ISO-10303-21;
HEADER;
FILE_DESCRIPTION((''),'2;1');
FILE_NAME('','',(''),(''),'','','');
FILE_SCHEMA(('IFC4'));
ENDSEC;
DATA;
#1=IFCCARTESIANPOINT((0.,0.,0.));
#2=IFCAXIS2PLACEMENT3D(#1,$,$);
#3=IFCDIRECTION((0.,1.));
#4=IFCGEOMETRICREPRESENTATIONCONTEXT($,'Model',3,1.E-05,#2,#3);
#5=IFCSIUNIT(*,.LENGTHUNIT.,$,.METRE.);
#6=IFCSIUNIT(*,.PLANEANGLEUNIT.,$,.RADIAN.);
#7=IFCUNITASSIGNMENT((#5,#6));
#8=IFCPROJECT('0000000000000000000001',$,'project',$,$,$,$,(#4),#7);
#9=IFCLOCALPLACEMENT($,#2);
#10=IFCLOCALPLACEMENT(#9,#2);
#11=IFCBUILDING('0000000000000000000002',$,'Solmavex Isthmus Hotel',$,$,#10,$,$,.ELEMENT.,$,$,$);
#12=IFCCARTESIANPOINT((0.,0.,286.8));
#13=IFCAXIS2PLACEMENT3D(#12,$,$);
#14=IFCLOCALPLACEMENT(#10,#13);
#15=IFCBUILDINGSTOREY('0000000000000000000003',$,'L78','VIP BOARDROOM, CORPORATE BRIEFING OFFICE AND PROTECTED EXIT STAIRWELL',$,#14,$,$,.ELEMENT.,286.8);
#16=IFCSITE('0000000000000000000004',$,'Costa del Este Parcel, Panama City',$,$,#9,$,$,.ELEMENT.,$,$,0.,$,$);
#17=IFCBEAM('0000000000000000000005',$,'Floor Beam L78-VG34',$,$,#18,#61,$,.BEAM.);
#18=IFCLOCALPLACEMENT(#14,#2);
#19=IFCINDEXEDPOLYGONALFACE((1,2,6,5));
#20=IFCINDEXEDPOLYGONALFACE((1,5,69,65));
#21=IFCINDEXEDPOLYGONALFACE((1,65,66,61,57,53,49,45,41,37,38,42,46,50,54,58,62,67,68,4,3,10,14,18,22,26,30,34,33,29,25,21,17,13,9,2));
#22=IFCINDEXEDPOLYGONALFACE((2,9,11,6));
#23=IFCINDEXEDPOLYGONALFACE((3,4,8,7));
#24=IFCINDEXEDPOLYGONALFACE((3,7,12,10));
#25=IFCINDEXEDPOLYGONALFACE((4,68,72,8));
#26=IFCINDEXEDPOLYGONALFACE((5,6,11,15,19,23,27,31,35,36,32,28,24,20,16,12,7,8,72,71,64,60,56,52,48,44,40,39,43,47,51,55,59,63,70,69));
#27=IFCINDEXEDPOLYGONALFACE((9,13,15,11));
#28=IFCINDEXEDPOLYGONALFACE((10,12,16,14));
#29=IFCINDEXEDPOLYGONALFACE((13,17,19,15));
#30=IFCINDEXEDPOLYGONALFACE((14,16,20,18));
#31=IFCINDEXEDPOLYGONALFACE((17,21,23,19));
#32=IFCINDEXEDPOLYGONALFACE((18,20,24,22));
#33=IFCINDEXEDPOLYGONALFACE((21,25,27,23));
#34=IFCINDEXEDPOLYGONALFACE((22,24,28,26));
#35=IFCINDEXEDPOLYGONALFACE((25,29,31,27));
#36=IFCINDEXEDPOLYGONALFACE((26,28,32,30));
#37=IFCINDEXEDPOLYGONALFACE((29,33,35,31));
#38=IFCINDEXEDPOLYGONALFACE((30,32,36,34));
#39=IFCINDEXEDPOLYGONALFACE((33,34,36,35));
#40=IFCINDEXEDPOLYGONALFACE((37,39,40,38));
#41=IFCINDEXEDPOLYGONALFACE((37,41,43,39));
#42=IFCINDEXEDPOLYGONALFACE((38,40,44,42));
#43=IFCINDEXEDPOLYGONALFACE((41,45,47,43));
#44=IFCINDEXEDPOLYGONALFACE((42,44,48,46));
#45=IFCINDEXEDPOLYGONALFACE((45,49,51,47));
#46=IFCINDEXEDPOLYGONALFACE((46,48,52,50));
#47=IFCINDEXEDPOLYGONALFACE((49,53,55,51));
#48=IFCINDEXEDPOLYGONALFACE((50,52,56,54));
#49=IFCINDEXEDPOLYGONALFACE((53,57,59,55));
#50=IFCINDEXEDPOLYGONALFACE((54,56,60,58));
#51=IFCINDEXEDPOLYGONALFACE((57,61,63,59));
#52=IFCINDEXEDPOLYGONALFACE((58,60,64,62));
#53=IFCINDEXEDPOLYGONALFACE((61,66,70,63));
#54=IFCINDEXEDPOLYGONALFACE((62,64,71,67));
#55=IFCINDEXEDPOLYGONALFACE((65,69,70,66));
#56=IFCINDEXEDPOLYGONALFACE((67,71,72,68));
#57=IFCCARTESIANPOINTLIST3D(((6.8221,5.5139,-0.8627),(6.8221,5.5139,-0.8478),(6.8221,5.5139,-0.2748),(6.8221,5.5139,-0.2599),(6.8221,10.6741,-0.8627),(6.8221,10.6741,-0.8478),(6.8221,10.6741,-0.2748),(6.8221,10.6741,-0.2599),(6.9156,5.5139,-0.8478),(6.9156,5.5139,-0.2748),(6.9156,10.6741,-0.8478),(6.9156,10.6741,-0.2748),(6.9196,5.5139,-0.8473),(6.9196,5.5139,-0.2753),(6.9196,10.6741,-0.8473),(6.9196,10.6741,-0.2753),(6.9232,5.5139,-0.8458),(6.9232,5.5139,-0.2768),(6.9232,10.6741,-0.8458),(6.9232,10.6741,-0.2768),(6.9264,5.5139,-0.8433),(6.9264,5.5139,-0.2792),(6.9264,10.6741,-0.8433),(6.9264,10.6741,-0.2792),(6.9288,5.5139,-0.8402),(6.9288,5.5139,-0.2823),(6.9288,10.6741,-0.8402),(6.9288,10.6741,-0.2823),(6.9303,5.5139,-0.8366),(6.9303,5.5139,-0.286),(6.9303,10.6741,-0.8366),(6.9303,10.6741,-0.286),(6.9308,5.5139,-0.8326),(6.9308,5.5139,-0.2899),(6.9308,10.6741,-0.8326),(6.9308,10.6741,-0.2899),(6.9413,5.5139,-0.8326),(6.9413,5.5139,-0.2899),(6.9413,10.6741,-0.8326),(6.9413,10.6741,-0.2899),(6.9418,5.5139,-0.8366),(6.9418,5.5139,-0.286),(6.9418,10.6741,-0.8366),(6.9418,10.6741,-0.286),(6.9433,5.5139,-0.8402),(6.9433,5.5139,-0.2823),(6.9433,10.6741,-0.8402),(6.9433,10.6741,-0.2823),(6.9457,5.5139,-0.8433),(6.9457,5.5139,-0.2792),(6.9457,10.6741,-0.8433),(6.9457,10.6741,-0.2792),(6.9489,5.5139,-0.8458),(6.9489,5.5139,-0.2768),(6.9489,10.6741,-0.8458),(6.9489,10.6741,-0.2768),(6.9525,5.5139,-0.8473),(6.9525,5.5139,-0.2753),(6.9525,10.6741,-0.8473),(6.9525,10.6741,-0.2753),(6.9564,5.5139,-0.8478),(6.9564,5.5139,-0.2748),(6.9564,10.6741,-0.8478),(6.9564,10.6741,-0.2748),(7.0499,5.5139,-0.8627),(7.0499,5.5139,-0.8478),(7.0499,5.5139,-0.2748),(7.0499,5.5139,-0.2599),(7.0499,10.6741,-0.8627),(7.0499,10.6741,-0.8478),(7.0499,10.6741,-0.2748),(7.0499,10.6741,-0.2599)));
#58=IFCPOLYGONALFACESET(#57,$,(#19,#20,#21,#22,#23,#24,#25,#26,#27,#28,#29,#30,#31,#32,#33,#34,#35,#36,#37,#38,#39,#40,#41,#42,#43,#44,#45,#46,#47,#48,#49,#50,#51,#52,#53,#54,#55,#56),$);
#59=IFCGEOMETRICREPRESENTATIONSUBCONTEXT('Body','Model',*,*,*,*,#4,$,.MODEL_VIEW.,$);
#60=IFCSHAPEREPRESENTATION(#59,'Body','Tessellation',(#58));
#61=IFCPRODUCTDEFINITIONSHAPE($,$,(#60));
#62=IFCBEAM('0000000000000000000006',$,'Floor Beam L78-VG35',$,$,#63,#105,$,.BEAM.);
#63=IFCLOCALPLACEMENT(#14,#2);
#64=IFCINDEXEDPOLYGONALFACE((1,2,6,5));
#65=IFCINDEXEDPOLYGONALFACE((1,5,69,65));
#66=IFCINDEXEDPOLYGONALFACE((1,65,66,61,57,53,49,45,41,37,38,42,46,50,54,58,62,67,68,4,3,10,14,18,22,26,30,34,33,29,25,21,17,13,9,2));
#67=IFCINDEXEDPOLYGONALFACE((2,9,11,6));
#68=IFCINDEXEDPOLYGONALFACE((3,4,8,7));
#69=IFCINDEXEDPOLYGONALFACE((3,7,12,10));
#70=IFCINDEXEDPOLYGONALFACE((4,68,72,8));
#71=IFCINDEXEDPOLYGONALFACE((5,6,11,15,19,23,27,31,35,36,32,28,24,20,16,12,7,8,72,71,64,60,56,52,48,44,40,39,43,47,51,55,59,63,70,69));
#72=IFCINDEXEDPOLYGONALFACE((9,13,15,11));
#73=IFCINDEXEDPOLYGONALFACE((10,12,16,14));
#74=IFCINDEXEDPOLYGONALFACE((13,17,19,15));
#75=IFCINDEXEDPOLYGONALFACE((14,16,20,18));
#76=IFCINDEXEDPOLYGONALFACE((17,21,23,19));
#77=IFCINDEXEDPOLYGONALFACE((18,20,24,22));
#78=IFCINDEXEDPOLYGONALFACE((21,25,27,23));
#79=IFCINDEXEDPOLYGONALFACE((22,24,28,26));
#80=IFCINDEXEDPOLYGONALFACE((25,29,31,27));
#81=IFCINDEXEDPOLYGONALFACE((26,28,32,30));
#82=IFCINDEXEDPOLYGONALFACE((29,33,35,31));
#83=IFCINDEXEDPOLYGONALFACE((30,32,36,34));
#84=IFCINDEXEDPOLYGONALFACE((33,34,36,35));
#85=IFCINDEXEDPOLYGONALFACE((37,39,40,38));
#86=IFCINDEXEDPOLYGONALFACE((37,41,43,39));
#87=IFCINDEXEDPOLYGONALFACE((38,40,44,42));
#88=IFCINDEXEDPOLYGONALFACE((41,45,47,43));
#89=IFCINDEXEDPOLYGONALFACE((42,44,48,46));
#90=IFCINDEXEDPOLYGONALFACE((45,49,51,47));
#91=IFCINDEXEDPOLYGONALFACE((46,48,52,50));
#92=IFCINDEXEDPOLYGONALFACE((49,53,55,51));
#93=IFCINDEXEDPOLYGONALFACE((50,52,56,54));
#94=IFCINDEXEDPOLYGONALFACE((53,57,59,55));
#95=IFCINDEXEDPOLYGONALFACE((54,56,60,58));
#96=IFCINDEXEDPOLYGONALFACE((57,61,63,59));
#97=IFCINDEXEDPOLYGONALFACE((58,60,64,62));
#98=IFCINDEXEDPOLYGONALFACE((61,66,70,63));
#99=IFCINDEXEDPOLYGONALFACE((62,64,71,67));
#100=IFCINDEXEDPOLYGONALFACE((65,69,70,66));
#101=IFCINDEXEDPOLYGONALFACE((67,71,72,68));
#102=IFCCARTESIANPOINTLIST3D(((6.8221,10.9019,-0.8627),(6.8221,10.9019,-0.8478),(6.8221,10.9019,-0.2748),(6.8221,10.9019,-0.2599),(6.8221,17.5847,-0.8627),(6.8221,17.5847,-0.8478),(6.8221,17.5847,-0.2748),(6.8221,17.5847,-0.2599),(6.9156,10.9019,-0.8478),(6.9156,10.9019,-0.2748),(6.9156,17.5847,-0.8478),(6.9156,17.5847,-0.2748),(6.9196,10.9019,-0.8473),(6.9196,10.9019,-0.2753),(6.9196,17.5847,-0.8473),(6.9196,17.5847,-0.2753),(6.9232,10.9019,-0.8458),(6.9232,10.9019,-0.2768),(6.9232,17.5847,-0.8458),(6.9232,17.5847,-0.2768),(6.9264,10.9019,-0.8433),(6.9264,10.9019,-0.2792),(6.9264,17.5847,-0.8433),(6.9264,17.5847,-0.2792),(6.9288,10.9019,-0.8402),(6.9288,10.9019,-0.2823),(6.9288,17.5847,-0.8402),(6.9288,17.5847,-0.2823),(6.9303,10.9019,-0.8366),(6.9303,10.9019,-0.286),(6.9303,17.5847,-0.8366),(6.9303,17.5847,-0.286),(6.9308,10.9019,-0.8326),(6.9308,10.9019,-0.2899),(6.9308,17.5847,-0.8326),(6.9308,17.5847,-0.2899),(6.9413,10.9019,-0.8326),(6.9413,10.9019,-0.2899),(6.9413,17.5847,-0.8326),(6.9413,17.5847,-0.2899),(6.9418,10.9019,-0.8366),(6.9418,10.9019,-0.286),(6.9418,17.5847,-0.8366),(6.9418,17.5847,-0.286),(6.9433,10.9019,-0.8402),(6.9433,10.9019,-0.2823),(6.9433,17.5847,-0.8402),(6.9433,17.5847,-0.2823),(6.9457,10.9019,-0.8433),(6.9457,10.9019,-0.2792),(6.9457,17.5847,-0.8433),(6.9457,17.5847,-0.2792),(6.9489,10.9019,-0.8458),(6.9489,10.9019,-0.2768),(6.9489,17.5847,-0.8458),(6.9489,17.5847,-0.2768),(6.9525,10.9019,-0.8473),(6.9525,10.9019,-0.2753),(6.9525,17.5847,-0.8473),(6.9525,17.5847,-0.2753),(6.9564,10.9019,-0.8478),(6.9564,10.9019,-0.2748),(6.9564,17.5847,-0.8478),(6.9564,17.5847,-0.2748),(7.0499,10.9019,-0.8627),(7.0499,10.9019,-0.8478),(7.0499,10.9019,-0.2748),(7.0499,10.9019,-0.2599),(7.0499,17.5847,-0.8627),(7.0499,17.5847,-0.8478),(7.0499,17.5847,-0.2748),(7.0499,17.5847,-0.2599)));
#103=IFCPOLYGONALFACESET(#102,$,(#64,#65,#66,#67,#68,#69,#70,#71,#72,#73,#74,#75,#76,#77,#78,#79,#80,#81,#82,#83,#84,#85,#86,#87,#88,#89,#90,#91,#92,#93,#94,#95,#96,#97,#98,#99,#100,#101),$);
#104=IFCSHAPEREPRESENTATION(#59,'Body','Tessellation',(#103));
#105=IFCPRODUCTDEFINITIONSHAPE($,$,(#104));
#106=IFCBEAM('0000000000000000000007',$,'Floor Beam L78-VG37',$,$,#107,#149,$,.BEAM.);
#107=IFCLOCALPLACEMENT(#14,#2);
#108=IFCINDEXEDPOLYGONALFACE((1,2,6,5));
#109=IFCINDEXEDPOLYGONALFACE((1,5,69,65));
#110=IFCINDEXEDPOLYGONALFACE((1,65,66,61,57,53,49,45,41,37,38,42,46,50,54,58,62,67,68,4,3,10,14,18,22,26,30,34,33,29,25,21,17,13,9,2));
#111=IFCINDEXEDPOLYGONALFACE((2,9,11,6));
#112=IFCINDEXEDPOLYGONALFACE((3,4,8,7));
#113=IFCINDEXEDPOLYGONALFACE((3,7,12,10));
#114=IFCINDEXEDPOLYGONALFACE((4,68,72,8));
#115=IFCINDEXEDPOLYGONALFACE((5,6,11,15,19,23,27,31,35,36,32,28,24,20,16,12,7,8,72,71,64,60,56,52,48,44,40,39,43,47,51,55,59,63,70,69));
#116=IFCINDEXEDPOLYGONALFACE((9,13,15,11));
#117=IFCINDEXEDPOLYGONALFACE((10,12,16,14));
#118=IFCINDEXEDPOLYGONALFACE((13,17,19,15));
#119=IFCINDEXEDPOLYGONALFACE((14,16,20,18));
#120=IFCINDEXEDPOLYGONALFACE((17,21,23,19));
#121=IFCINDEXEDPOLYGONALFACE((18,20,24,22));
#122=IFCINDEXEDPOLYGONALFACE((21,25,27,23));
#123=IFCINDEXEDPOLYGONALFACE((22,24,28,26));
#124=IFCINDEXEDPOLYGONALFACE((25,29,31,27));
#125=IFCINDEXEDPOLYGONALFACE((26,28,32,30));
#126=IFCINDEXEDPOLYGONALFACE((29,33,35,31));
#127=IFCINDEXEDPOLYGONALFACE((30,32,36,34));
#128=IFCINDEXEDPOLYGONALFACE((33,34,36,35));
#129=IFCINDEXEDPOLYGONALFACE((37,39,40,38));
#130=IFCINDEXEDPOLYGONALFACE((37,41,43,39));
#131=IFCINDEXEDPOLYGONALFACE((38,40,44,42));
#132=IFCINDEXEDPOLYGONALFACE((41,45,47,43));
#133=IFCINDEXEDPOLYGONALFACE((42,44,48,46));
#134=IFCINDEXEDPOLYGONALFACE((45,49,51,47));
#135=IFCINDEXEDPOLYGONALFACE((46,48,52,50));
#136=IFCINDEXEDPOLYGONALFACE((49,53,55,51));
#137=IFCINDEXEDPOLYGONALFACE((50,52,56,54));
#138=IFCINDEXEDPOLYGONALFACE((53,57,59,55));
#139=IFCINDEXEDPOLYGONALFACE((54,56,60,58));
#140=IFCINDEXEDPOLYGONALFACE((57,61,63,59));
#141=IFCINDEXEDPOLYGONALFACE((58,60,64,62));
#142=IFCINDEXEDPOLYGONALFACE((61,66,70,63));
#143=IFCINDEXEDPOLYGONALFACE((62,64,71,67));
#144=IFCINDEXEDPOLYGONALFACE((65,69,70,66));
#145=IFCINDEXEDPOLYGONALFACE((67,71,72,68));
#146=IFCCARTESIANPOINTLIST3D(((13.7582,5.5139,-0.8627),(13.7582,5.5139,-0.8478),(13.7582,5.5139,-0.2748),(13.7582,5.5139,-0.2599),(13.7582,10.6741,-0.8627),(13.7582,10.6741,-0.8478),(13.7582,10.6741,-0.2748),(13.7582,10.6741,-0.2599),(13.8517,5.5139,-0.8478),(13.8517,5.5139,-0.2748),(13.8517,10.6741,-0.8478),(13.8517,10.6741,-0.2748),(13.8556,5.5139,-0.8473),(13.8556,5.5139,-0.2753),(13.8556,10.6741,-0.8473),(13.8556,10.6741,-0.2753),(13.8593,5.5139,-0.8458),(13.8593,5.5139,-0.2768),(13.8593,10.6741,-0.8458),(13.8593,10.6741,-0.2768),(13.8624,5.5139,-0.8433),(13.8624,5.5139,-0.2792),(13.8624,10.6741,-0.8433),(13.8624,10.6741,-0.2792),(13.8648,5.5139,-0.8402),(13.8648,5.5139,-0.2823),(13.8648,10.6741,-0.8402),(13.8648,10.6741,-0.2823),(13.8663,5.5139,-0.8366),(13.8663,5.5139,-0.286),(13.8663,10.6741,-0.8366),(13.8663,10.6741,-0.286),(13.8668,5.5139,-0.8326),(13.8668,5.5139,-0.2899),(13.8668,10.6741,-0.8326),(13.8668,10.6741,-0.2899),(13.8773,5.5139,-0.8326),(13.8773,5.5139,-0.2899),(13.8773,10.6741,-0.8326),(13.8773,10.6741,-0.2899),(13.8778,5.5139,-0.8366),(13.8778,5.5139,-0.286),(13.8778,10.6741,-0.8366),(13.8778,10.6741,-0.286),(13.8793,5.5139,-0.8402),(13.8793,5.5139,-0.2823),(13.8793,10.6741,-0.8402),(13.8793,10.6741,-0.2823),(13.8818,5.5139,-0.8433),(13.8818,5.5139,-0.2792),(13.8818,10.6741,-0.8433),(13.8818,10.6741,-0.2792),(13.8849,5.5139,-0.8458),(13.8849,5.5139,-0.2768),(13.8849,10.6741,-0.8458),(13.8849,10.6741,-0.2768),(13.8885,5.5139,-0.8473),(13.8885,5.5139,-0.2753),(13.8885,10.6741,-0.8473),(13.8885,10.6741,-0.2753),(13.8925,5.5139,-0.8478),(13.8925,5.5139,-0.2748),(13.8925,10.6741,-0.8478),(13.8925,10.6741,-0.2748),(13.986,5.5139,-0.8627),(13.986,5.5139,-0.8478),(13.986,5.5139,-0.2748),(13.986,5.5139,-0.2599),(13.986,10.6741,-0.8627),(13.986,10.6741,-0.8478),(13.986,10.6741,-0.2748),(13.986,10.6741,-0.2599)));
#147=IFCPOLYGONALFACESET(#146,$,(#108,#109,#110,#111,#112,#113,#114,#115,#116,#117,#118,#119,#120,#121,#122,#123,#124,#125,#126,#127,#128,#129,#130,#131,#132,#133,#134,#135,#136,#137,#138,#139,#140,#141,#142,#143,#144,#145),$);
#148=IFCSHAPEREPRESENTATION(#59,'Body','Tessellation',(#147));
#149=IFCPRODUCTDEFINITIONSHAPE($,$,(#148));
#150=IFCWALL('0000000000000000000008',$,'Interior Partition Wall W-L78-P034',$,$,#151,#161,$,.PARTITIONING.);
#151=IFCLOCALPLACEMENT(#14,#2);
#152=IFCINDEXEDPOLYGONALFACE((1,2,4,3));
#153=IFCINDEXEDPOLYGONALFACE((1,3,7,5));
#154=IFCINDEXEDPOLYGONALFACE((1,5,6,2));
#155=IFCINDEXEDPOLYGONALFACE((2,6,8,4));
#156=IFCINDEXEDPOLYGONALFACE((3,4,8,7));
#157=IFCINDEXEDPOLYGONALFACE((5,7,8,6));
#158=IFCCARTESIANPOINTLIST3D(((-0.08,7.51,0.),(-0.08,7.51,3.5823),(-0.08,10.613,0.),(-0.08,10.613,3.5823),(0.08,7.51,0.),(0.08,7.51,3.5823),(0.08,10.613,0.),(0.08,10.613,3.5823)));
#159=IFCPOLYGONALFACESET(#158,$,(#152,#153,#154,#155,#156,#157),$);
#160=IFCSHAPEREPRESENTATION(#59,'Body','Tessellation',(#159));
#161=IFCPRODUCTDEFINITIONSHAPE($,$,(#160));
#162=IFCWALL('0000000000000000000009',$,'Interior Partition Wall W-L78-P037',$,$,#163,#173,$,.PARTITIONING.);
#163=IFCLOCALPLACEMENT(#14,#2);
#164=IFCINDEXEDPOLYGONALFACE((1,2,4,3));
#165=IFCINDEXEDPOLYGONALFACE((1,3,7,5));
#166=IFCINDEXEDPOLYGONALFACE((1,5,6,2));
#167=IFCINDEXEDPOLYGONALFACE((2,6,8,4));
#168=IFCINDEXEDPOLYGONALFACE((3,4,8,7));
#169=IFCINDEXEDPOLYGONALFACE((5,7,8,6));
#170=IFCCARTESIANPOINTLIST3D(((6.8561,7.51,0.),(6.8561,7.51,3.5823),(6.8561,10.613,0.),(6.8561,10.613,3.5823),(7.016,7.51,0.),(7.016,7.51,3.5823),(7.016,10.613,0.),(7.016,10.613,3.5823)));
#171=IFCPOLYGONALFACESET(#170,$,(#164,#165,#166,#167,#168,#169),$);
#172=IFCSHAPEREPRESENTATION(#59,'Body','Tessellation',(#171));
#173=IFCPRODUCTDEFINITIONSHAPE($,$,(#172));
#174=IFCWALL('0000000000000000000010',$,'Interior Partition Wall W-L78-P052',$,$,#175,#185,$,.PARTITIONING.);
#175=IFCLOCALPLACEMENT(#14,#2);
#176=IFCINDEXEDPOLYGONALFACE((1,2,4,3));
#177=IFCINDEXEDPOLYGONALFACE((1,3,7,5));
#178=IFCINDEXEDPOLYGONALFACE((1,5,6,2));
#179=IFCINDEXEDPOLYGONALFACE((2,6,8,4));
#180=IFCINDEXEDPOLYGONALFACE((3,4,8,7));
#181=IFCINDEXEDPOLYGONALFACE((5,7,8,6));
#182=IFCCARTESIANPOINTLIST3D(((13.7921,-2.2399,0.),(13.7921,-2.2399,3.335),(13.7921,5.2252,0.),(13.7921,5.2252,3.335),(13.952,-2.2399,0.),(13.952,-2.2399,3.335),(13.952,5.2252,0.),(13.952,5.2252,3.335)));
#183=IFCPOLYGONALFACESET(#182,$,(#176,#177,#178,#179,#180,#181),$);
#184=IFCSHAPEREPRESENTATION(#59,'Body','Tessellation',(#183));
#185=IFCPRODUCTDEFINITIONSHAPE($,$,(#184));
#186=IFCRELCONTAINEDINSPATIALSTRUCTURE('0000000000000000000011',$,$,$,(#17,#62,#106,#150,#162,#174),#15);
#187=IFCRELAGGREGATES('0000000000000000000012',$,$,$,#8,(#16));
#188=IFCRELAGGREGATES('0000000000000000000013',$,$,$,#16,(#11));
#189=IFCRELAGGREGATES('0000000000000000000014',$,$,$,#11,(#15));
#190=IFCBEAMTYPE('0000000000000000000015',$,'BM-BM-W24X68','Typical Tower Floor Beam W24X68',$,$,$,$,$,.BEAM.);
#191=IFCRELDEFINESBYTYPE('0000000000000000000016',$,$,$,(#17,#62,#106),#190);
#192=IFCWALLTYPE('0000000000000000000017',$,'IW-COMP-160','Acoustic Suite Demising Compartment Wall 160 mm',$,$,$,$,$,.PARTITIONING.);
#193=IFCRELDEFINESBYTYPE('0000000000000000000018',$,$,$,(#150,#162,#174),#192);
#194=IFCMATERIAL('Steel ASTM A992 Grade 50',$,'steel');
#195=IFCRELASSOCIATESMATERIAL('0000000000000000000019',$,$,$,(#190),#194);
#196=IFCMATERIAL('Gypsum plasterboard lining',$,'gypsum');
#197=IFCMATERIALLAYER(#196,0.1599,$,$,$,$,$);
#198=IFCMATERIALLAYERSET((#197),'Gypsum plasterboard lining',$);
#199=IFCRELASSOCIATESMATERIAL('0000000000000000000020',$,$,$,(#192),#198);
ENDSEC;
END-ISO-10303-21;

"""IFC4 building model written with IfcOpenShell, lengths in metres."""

from ifc_helpers import new_model, si_unit, direction, frame, frame_2d, origin, origin_2d, place, context, subcontext, project, spatial, rectangle, i_section, extrude, material, layer, layer_set, material_profile, profile_set, type_object, element, save


model = new_model("IFC4")

# Units and contexts
model_context = context("Model", 3, precision=1e-05, world=origin(), true_north=direction((0.0, 1.0)))
body_context = subcontext(model_context, "Body", "Model", "MODEL_VIEW")
ifc_project = project(units=[si_unit("LENGTHUNIT", "METRE"), si_unit("PLANEANGLEUNIT", "RADIAN")], contexts=[model_context])

# Site, building, storey
site_placement = place(None, origin())
site = spatial("IfcSite", under=ifc_project, at=site_placement, Name="Costa del Este Parcel, Panama City", CompositionType="ELEMENT", RefElevation=0.0)
building_placement = place(site_placement, origin())
building = spatial("IfcBuilding", under=site, at=building_placement, Name="Solmavex Isthmus Hotel", CompositionType="ELEMENT")
storey_placement = place(building_placement, frame((0.0, 0.0, 286.8)))
storey = spatial("IfcBuildingStorey", under=building, at=storey_placement, Name="L78", Description="VIP BOARDROOM, CORPORATE BRIEFING OFFICE AND PROTECTED EXIT STAIRWELL", CompositionType="ELEMENT", Elevation=286.8)

# Beams
ifc_material_1 = material(Name="Steel ASTM A992 Grade 50", Category="steel")
ifc_material_profile_1 = material_profile(ifc_material_1, i_section(OverallWidth=0.2278, OverallDepth=0.6028, WebThickness=0.0105, FlangeThickness=0.0149, FilletRadius=0.0151, at=origin_2d()), Name="W24X68")
ifc_profile_set_1 = profile_set([ifc_material_profile_1], Name="Steel ASTM A992 Grade 50")
beam_type_1 = type_object("IfcBeamType", Name="BM-BM-W24X68", Description="Typical Tower Floor Beam W24X68", PredefinedType="BEAM", material=ifc_profile_set_1)
beam_1_placement = place(storey_placement, frame((6.936, 5.5139, -0.5613), z_axis=(0.0, 1.0, 0.0), x_axis=(-1.0, 0.0, 0.0)))
element("IfcBeam", 1, at=beam_1_placement, inside=storey, type_object=beam_type_1, Name="Floor Beam L78-VG34", PredefinedType="BEAM", context=body_context, shape_type="SweptSolid", body=[
    extrude(i_section(OverallWidth=0.2278, OverallDepth=0.6028, WebThickness=0.0105, FlangeThickness=0.0149, FilletRadius=0.0151, at=origin_2d()), origin(), (0.0, 0.0, 1.0), 5.1602),
])
beam_2_placement = place(storey_placement, frame((6.936, 10.9019, -0.5613), z_axis=(0.0, 1.0, 0.0), x_axis=(-1.0, 0.0, 0.0)))
element("IfcBeam", 2, at=beam_2_placement, inside=storey, type_object=beam_type_1, Name="Floor Beam L78-VG35", PredefinedType="BEAM", context=body_context, shape_type="SweptSolid", body=[
    extrude(i_section(OverallWidth=0.2278, OverallDepth=0.6028, WebThickness=0.0105, FlangeThickness=0.0149, FilletRadius=0.0151, at=origin_2d()), origin(), (0.0, 0.0, 1.0), 6.6829),
])
beam_3_placement = place(storey_placement, frame((13.8721, 5.5139, -0.5613), z_axis=(0.0, 1.0, 0.0), x_axis=(-1.0, 0.0, 0.0)))
element("IfcBeam", 3, at=beam_3_placement, inside=storey, type_object=beam_type_1, Name="Floor Beam L78-VG37", PredefinedType="BEAM", context=body_context, shape_type="SweptSolid", body=[
    extrude(i_section(OverallWidth=0.2278, OverallDepth=0.6028, WebThickness=0.0105, FlangeThickness=0.0149, FilletRadius=0.0151, at=origin_2d()), origin(), (0.0, 0.0, 1.0), 5.1602),
])

# Walls
ifc_material_2 = material(Name="Gypsum plasterboard lining", Category="gypsum")
ifc_layer_1 = layer(ifc_material_2, 0.1599)
ifc_layer_set_1 = layer_set([ifc_layer_1], Name="Gypsum plasterboard lining")
wall_type_1 = type_object("IfcWallType", Name="IW-COMP-160", Description="Acoustic Suite Demising Compartment Wall 160 mm", PredefinedType="PARTITIONING", material=ifc_layer_set_1)
for number, where, z_axis, x_axis, name in (
    (4, (0.0, 10.613, 0.0), (0.0, 0.0, 1.0), (0.0, -1.0, 0.0), "Interior Partition Wall W-L78-P034"),
    (5, (6.936, 10.613, 0.0), (0.0, 0.0, 1.0), (0.0, -1.0, 0.0), "Interior Partition Wall W-L78-P037"),
):
    element("IfcWall", number, at=place(storey_placement, frame(where, z_axis=z_axis, x_axis=x_axis)), inside=storey, type_object=wall_type_1, Name=name, PredefinedType="PARTITIONING", context=body_context, shape_type="SweptSolid", body=[
        extrude(rectangle(XDim=3.103, YDim=0.1599, at=frame_2d((1.5515, 0.0))), origin(), (0.0, 0.0, 1.0), 3.5823),
    ])
wall_1_placement = place(storey_placement, frame((13.8721, 5.2251, 0.0), z_axis=(0.0, 0.0, 1.0), x_axis=(0.0, -1.0, 0.0)))
element("IfcWall", 6, at=wall_1_placement, inside=storey, type_object=wall_type_1, Name="Interior Partition Wall W-L78-P052", PredefinedType="PARTITIONING", context=body_context, shape_type="SweptSolid", body=[
    extrude(rectangle(XDim=7.4651, YDim=0.1599, at=frame_2d((3.7324, 0.0))), origin(), (0.0, 0.0, 1.0), 3.335),
])

save(model, "model.ifc")
